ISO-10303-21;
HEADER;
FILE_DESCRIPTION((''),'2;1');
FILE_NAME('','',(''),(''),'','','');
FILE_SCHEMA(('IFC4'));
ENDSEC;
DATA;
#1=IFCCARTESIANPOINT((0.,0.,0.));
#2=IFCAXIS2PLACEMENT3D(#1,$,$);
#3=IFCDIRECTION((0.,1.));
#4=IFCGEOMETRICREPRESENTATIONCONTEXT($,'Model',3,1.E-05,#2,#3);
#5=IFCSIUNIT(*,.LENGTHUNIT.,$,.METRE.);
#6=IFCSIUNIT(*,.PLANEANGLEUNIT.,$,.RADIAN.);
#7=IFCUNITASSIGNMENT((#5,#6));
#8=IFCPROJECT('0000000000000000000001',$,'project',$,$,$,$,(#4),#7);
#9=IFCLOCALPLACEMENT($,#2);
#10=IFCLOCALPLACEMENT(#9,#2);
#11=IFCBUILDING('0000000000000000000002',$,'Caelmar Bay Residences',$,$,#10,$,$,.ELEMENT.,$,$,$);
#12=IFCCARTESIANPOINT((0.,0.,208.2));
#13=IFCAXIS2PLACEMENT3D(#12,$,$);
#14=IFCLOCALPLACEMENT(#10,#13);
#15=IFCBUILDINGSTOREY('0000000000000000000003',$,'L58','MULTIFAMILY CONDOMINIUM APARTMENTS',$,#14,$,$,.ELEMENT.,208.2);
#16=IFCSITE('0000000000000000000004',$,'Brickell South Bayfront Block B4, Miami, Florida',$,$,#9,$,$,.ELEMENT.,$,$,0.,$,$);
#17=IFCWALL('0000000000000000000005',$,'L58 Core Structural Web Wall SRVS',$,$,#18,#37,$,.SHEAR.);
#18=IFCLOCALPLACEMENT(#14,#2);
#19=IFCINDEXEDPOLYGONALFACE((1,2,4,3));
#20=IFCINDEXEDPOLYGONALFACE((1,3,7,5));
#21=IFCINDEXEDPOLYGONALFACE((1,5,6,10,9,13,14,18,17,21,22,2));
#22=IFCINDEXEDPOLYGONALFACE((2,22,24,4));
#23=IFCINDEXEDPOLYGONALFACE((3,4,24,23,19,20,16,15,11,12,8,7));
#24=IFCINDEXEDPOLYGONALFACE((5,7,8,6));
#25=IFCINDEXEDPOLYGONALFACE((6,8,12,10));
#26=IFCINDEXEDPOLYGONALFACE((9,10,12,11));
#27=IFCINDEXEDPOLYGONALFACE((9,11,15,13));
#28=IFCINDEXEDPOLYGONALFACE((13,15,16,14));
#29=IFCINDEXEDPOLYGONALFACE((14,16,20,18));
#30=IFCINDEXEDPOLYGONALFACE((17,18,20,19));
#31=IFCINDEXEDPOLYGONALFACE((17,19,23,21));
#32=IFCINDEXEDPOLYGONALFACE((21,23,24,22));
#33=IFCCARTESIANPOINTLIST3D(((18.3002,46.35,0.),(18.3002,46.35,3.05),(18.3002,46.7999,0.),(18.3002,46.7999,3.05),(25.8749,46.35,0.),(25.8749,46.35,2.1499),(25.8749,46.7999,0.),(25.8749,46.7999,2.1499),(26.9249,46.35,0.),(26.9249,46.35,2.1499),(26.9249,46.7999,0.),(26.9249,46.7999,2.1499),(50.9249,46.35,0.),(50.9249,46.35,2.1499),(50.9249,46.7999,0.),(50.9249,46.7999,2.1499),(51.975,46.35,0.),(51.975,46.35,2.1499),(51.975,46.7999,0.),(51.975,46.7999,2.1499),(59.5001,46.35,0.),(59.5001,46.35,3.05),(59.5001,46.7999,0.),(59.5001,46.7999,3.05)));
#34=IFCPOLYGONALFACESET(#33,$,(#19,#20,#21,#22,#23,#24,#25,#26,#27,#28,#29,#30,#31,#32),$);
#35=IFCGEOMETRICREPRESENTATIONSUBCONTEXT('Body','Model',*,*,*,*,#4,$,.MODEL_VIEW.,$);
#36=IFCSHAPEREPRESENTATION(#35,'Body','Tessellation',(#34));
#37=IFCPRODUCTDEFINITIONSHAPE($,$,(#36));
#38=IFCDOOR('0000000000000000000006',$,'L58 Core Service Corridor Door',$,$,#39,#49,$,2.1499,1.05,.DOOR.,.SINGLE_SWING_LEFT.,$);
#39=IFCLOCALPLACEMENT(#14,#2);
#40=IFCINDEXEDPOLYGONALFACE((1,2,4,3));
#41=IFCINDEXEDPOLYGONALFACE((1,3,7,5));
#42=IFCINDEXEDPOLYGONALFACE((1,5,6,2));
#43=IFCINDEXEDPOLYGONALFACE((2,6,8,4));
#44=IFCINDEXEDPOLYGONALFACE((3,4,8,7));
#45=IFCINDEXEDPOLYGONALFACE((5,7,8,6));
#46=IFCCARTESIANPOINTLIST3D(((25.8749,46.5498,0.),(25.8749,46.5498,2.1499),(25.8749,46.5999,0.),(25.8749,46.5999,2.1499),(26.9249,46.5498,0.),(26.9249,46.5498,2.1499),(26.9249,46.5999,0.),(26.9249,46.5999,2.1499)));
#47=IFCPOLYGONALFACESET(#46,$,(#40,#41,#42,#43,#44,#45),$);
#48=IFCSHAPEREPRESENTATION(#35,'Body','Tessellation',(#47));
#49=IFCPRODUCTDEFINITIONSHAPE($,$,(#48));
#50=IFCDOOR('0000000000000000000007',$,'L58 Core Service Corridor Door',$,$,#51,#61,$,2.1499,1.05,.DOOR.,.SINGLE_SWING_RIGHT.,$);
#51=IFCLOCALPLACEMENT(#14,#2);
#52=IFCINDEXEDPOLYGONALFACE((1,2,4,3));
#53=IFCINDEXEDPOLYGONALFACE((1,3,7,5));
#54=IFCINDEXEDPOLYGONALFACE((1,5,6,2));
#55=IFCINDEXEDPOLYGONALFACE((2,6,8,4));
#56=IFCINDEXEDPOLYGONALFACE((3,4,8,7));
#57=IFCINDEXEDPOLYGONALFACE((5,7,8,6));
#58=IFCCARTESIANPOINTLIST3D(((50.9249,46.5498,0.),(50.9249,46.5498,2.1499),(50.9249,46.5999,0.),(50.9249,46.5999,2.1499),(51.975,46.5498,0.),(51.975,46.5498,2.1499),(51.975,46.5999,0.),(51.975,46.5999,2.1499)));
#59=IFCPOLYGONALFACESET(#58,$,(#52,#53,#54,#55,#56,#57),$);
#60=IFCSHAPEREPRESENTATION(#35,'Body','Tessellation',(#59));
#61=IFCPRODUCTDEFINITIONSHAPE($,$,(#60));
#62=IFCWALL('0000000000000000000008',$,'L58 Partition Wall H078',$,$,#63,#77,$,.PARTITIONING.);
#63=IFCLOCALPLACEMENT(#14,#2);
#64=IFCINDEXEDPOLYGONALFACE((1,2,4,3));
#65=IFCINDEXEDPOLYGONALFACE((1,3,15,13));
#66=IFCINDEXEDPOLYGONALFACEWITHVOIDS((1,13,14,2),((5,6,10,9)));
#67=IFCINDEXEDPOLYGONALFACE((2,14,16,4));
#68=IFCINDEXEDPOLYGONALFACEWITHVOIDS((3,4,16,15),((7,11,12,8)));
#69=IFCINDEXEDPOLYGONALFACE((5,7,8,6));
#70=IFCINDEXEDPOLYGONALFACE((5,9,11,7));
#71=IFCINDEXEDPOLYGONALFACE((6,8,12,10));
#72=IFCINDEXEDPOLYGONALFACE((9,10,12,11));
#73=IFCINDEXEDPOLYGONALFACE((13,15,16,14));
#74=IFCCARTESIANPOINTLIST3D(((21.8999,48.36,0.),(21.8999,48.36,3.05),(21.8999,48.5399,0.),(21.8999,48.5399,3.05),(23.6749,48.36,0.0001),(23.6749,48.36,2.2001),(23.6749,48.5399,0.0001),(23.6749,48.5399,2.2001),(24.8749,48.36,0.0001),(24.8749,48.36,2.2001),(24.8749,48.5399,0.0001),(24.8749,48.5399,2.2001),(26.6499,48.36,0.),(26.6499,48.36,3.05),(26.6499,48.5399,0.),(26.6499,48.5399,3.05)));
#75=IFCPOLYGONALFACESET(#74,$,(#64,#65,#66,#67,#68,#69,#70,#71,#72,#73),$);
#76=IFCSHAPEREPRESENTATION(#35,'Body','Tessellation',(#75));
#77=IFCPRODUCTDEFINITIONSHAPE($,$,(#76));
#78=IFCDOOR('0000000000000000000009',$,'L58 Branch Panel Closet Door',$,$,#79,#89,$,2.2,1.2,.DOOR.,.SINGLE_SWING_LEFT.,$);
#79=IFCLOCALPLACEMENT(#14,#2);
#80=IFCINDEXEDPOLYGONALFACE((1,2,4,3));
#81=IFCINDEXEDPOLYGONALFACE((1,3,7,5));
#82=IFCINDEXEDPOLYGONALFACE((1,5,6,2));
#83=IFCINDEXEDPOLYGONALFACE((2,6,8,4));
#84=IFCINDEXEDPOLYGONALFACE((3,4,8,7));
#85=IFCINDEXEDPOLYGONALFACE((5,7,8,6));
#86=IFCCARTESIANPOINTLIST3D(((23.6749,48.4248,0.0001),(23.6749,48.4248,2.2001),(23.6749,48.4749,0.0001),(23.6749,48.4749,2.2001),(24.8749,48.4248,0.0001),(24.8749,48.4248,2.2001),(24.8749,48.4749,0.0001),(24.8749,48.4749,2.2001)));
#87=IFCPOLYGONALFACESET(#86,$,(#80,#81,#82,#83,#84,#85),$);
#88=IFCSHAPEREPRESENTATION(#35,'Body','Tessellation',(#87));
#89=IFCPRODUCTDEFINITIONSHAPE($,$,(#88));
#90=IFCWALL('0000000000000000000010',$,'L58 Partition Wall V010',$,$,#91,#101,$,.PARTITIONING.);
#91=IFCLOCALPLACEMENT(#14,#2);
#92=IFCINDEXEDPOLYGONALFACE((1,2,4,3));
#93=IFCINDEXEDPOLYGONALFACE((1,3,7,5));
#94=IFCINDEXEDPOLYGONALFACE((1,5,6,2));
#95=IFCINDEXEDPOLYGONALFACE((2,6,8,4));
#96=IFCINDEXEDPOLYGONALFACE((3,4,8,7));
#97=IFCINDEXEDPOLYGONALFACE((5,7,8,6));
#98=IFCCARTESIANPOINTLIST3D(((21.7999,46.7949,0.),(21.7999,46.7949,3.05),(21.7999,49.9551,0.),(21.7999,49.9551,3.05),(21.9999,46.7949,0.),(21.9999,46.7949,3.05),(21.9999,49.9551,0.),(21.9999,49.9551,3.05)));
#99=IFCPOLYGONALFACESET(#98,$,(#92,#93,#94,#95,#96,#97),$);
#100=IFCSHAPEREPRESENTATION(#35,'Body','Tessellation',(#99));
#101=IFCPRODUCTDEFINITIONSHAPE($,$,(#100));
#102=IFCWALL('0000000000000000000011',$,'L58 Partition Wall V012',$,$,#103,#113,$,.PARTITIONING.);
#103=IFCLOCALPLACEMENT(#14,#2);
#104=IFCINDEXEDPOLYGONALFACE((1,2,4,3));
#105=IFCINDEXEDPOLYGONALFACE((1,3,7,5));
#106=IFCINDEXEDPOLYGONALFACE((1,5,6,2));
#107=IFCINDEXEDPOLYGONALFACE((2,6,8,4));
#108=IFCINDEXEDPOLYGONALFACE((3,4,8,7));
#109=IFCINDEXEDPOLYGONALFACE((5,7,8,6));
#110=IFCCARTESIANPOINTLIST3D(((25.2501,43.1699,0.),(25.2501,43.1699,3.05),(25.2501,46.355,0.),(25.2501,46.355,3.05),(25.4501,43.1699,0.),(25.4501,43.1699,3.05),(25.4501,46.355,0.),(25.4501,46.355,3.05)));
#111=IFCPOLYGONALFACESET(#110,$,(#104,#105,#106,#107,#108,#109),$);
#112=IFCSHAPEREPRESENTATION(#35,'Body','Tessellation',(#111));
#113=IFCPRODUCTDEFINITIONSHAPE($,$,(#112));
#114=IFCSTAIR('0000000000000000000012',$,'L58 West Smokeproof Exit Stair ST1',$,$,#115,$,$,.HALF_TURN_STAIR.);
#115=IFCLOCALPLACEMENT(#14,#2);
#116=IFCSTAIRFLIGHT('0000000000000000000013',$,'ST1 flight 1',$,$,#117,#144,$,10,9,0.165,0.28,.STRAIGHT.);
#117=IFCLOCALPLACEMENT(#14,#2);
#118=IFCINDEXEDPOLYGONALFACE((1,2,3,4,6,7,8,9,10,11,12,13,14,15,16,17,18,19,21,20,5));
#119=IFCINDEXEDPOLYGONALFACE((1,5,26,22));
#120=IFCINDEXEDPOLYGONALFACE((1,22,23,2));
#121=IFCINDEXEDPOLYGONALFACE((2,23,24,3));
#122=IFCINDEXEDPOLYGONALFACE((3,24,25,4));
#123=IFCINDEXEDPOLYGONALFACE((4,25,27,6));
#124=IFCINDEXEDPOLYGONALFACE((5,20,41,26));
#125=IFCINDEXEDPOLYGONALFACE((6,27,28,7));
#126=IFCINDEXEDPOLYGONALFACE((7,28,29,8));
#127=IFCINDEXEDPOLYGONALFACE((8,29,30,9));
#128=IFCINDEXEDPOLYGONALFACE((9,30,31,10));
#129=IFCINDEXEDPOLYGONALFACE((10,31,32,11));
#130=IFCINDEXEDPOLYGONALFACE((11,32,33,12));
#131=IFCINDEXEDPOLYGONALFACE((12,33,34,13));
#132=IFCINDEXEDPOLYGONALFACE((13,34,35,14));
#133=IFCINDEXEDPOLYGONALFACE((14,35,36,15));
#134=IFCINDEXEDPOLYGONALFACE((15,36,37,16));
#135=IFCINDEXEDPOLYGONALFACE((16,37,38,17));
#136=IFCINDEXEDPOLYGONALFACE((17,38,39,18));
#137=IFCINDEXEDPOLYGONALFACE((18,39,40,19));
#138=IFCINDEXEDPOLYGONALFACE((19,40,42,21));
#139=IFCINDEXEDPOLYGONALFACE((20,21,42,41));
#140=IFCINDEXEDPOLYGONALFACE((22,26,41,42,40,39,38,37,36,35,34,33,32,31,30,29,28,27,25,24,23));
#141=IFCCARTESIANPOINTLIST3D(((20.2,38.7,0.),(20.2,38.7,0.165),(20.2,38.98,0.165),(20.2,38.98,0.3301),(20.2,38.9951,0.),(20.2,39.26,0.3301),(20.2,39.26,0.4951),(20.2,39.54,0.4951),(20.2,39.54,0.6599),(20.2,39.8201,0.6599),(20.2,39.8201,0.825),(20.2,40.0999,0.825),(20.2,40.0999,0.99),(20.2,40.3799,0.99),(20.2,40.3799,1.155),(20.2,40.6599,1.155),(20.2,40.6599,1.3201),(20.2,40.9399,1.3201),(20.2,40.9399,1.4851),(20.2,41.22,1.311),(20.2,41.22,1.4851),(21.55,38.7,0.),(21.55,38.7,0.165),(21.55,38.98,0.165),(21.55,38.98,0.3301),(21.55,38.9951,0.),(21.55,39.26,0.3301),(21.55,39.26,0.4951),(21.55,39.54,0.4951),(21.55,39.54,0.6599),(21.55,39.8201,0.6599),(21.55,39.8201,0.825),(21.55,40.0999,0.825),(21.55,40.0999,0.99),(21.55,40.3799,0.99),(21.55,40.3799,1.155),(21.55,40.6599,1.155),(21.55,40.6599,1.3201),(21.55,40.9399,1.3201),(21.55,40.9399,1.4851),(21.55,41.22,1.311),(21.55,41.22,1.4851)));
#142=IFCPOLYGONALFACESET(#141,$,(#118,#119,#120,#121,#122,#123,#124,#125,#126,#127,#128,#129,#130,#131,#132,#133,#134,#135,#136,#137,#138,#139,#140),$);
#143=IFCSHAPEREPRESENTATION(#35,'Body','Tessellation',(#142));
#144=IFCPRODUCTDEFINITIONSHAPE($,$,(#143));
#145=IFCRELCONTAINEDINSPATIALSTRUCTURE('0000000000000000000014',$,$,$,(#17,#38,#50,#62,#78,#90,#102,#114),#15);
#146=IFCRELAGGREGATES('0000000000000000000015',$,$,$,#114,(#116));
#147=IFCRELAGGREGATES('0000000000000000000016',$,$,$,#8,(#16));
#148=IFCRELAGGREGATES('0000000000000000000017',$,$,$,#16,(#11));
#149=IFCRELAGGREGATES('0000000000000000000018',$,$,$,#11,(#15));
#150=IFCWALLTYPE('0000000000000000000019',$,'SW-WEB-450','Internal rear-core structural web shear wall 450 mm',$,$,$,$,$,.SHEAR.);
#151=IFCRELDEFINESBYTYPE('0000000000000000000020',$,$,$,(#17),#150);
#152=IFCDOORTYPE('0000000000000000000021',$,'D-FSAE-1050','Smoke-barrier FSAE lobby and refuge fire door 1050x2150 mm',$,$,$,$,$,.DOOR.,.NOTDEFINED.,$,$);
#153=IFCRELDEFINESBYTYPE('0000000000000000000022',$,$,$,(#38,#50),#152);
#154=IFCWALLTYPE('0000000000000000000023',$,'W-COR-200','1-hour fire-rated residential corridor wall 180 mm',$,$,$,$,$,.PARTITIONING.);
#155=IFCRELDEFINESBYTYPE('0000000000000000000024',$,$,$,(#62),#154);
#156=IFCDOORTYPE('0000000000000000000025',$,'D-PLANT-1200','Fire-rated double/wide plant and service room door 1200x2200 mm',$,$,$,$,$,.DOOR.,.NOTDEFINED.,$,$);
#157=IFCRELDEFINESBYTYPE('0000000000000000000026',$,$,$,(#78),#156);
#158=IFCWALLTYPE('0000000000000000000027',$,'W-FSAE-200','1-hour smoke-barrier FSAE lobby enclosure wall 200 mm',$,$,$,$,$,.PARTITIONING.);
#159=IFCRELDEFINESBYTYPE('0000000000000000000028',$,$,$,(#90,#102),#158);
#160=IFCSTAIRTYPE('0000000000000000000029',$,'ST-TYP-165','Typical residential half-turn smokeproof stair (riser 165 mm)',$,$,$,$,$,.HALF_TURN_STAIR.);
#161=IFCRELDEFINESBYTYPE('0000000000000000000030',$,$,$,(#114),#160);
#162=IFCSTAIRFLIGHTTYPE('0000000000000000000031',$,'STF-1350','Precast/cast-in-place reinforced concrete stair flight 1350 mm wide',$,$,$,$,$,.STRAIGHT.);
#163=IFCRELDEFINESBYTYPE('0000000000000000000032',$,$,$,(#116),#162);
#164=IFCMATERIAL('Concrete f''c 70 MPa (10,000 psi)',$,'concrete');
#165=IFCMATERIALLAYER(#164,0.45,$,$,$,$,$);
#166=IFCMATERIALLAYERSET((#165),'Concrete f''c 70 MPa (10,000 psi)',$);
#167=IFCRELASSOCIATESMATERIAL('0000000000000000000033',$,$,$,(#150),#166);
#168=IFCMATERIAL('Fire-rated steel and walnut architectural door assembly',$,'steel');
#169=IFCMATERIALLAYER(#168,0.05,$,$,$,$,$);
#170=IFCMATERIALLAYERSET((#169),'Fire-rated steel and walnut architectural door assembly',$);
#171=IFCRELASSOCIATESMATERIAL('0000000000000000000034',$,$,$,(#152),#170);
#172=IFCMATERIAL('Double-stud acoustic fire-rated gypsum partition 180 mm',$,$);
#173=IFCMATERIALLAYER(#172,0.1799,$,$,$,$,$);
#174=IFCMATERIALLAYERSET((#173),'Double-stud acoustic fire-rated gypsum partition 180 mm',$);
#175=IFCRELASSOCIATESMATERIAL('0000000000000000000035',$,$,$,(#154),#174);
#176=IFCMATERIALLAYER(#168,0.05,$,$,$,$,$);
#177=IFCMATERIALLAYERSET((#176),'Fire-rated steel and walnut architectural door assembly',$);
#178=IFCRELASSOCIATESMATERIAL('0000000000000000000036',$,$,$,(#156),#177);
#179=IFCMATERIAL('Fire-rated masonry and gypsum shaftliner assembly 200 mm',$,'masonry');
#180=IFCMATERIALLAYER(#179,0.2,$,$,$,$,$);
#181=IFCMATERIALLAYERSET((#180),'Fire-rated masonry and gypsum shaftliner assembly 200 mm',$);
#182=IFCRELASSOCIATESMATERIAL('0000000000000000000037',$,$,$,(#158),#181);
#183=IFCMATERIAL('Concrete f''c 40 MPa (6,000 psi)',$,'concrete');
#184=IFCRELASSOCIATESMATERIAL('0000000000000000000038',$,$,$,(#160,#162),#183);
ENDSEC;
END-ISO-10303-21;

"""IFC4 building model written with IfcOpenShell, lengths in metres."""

from ifc_helpers import new_model, si_unit, direction, frame, frame_2d, origin, place, context, subcontext, project, spatial, polyline, rectangle, outline, extrude, material, layer, layer_set, type_object, element, fill, aggregate, save


model = new_model("IFC4")

# Units and contexts
model_context = context("Model", 3, precision=1e-05, world=origin(), true_north=direction((0.0, 1.0)))
body_context = subcontext(model_context, "Body", "Model", "MODEL_VIEW")
ifc_project = project(units=[si_unit("LENGTHUNIT", "METRE"), si_unit("PLANEANGLEUNIT", "RADIAN")], contexts=[model_context])

# Site, building, storey
site_placement = place(None, origin())
site = spatial("IfcSite", under=ifc_project, at=site_placement, Name="Brickell South Bayfront Block B4, Miami, Florida", CompositionType="ELEMENT", RefElevation=0.0)
building_placement = place(site_placement, origin())
building = spatial("IfcBuilding", under=site, at=building_placement, Name="Caelmar Bay Residences", CompositionType="ELEMENT")
storey_placement = place(building_placement, frame((0.0, 0.0, 208.2)))
storey = spatial("IfcBuildingStorey", under=building, at=storey_placement, Name="L58", Description="MULTIFAMILY CONDOMINIUM APARTMENTS", CompositionType="ELEMENT", Elevation=208.2)

# Wall, openings, doors
ifc_material_1 = material(Name="Concrete f'c 70 MPa (10,000 psi)", Category="concrete")
ifc_layer_1 = layer(ifc_material_1, 0.45)
ifc_layer_set_1 = layer_set([ifc_layer_1], Name="Concrete f'c 70 MPa (10,000 psi)")
wall_type_1 = type_object("IfcWallType", Name="SW-WEB-450", Description="Internal rear-core structural web shear wall 450 mm", PredefinedType="SHEAR", material=ifc_layer_set_1)
ifc_material_2 = material(Name="Fire-rated steel and walnut architectural door assembly", Category="steel")
ifc_layer_2 = layer(ifc_material_2, 0.05)
ifc_layer_set_2 = layer_set([ifc_layer_2], Name="Fire-rated steel and walnut architectural door assembly")
door_type_1 = type_object("IfcDoorType", Name="D-FSAE-1050", Description="Smoke-barrier FSAE lobby and refuge fire door 1050x2150 mm", OperationType="NOTDEFINED", PredefinedType="DOOR", material=ifc_layer_set_2)
wall_1_placement = place(storey_placement, frame((18.3, 46.575, 0.0), z_axis=(0.0, 0.0, 1.0), x_axis=(1.0, 0.0, 0.0)))
wall_1 = element("IfcWall", 1, at=wall_1_placement, inside=storey, type_object=wall_type_1, Name="L58 Core Structural Web Wall SRVS", PredefinedType="SHEAR", context=body_context, shape_type="SweptSolid", body=[
    extrude(rectangle(XDim=41.2, YDim=0.45, at=frame_2d((20.6001, 0.0))), origin(), (0.0, 0.0, 1.0), 3.05),
])
opening_1_placement = place(wall_1_placement, frame((7.575, 0.0, 0.0)))
opening_1 = element("IfcOpeningElement", 2, at=opening_1_placement, cuts=wall_1, PredefinedType="OPENING", context=body_context, shape_type="SweptSolid", body=[
    extrude(rectangle(XDim=1.05, YDim=2.1499, at=frame_2d((0.5249, 1.075))), frame((0.0, 0.2349, 0.0), z_axis=(0.0, -1.0, 0.0), x_axis=(1.0, 0.0, 0.0)), (0.0, 0.0, 1.0), 0.47),
])
opening_2_placement = place(wall_1_placement, frame((32.625, 0.0, 0.0)))
opening_2 = element("IfcOpeningElement", 3, at=opening_2_placement, cuts=wall_1, PredefinedType="OPENING", context=body_context, shape_type="SweptSolid", body=[
    extrude(rectangle(XDim=1.05, YDim=2.1499, at=frame_2d((0.5249, 1.075))), frame((0.0, 0.2349, 0.0), z_axis=(0.0, -1.0, 0.0), x_axis=(1.0, 0.0, 0.0)), (0.0, 0.0, 1.0), 0.47),
])
door_1_placement = place(opening_1_placement, origin())
door_1 = element("IfcDoor", 4, at=door_1_placement, inside=storey, type_object=door_type_1, Name="L58 Core Service Corridor Door", OperationType="SINGLE_SWING_LEFT", OverallHeight=2.1499, OverallWidth=1.05, PredefinedType="DOOR", context=body_context, shape_type="SweptSolid", body=[
    extrude(rectangle(XDim=1.05, YDim=2.1499, at=frame_2d((0.5249, 1.075))), frame((0.0, 0.0249, 0.0), z_axis=(0.0, -1.0, 0.0), x_axis=(1.0, 0.0, 0.0)), (0.0, 0.0, 1.0), 0.05),
])
fill(opening_1, door_1)
door_2_placement = place(opening_2_placement, origin())
door_2 = element("IfcDoor", 5, at=door_2_placement, inside=storey, type_object=door_type_1, Name="L58 Core Service Corridor Door", OperationType="SINGLE_SWING_RIGHT", OverallHeight=2.1499, OverallWidth=1.05, PredefinedType="DOOR", context=body_context, shape_type="SweptSolid", body=[
    extrude(rectangle(XDim=1.05, YDim=2.1499, at=frame_2d((0.5249, 1.075))), frame((0.0, 0.0249, 0.0), z_axis=(0.0, -1.0, 0.0), x_axis=(1.0, 0.0, 0.0)), (0.0, 0.0, 1.0), 0.05),
])
fill(opening_2, door_2)

# Wall, opening, door
ifc_material_3 = material(Name="Double-stud acoustic fire-rated gypsum partition 180 mm")
ifc_layer_3 = layer(ifc_material_3, 0.1799)
ifc_layer_set_3 = layer_set([ifc_layer_3], Name="Double-stud acoustic fire-rated gypsum partition 180 mm")
wall_type_2 = type_object("IfcWallType", Name="W-COR-200", Description="1-hour fire-rated residential corridor wall 180 mm", PredefinedType="PARTITIONING", material=ifc_layer_set_3)
wall_2_placement = place(storey_placement, frame((21.8999, 48.45, 0.0), z_axis=(0.0, 0.0, 1.0), x_axis=(1.0, 0.0, 0.0)))
wall_2 = element("IfcWall", 6, at=wall_2_placement, inside=storey, type_object=wall_type_2, Name="L58 Partition Wall H078", PredefinedType="PARTITIONING", context=body_context, shape_type="SweptSolid", body=[
    extrude(rectangle(XDim=4.75, YDim=0.1799, at=frame_2d((2.375, 0.0))), origin(), (0.0, 0.0, 1.0), 3.05),
])
opening_3_placement = place(wall_2_placement, frame((1.7749, 0.0, 0.0)))
opening_3 = element("IfcOpeningElement", 7, at=opening_3_placement, cuts=wall_2, PredefinedType="OPENING", context=body_context, shape_type="SweptSolid", body=[
    extrude(rectangle(XDim=1.2, YDim=2.2, at=frame_2d((0.6001, 1.1001))), frame((0.0, 0.0999, 0.0), z_axis=(0.0, -1.0, 0.0), x_axis=(1.0, 0.0, 0.0)), (0.0, 0.0, 1.0), 0.2),
])
ifc_layer_4 = layer(ifc_material_2, 0.05)
ifc_layer_set_4 = layer_set([ifc_layer_4], Name="Fire-rated steel and walnut architectural door assembly")
door_type_2 = type_object("IfcDoorType", Name="D-PLANT-1200", Description="Fire-rated double/wide plant and service room door 1200x2200 mm", OperationType="NOTDEFINED", PredefinedType="DOOR", material=ifc_layer_set_4)
door_3_placement = place(opening_3_placement, origin())
door_3 = element("IfcDoor", 8, at=door_3_placement, inside=storey, type_object=door_type_2, Name="L58 Branch Panel Closet Door", OperationType="SINGLE_SWING_LEFT", OverallHeight=2.2, OverallWidth=1.2, PredefinedType="DOOR", context=body_context, shape_type="SweptSolid", body=[
    extrude(rectangle(XDim=1.2, YDim=2.2, at=frame_2d((0.6001, 1.1001))), frame((0.0, 0.0249, 0.0), z_axis=(0.0, -1.0, 0.0), x_axis=(1.0, 0.0, 0.0)), (0.0, 0.0, 1.0), 0.05),
])
fill(opening_3, door_3)

# Walls
ifc_material_4 = material(Name="Fire-rated masonry and gypsum shaftliner assembly 200 mm", Category="masonry")
ifc_layer_5 = layer(ifc_material_4, 0.2)
ifc_layer_set_5 = layer_set([ifc_layer_5], Name="Fire-rated masonry and gypsum shaftliner assembly 200 mm")
wall_type_3 = type_object("IfcWallType", Name="W-FSAE-200", Description="1-hour smoke-barrier FSAE lobby enclosure wall 200 mm", PredefinedType="PARTITIONING", material=ifc_layer_set_5)
wall_3_placement = place(storey_placement, frame((21.8999, 46.7949, 0.0), z_axis=(0.0, 0.0, 1.0), x_axis=(0.0, 1.0, 0.0)))
element("IfcWall", 9, at=wall_3_placement, inside=storey, type_object=wall_type_3, Name="L58 Partition Wall V010", PredefinedType="PARTITIONING", context=body_context, shape_type="SweptSolid", body=[
    extrude(rectangle(XDim=3.1602, YDim=0.2, at=frame_2d((1.5801, 0.0))), origin(), (0.0, 0.0, 1.0), 3.05),
])
wall_4_placement = place(storey_placement, frame((25.3501, 43.1699, 0.0), z_axis=(0.0, 0.0, 1.0), x_axis=(0.0, 1.0, 0.0)))
element("IfcWall", 10, at=wall_4_placement, inside=storey, type_object=wall_type_3, Name="L58 Partition Wall V012", PredefinedType="PARTITIONING", context=body_context, shape_type="SweptSolid", body=[
    extrude(rectangle(XDim=3.1851, YDim=0.2, at=frame_2d((1.5925, 0.0))), origin(), (0.0, 0.0, 1.0), 3.05),
])

# Stair, stair flight
ifc_material_5 = material(Name="Concrete f'c 40 MPa (6,000 psi)", Category="concrete")
stair_type = type_object("IfcStairType", Name="ST-TYP-165", Description="Typical residential half-turn smokeproof stair (riser 165 mm)", PredefinedType="HALF_TURN_STAIR", material=ifc_material_5)
stair_placement = place(storey_placement, origin())
stair = element("IfcStair", 11, at=stair_placement, inside=storey, type_object=stair_type, Name="L58 West Smokeproof Exit Stair ST1", PredefinedType="HALF_TURN_STAIR")
stair_flight_type = type_object("IfcStairFlightType", Name="STF-1350", Description="Precast/cast-in-place reinforced concrete stair flight 1350 mm wide", PredefinedType="STRAIGHT", material=ifc_material_5)
stair_flight_1_placement = place(storey_placement, frame((20.875, 38.7, 0.0), z_axis=(0.0, 0.0, 1.0), x_axis=(0.0, 1.0, 0.0)))
stair_flight_1 = element("IfcStairFlight", 12, at=stair_flight_1_placement, type_object=stair_flight_type, Name="ST1 flight 1", NumberOfRisers=10, NumberOfTreads=9, PredefinedType="STRAIGHT", RiserHeight=0.165, TreadLength=0.28, context=body_context, shape_type="SweptSolid", body=[
    extrude(outline(polyline([(0.0, 0.0), (0.0, 0.165), (0.28, 0.165), (0.28, 0.3301), (0.5601, 0.3301), (0.5601, 0.4951), (0.8401, 0.4951), (0.8401, 0.6599), (1.1201, 0.6599), (1.1201, 0.825), (1.3999, 0.825), (1.3999, 0.99), (1.6799, 0.99), (1.6799, 1.155), (1.96, 1.155), (1.96, 1.3201), (2.24, 1.3201), (2.24, 1.4851), (2.52, 1.4851), (2.52, 1.6499), (2.52, 1.311), (0.2952, 0.0), (0.0, 0.0)])), frame((0.0, 0.675, 0.0), z_axis=(0.0, -1.0, 0.0), x_axis=(1.0, 0.0, 0.0)), (0.0, 0.0, 1.0), 1.3501),
])
aggregate(stair, [stair_flight_1])

save(model, "model.ifc")
